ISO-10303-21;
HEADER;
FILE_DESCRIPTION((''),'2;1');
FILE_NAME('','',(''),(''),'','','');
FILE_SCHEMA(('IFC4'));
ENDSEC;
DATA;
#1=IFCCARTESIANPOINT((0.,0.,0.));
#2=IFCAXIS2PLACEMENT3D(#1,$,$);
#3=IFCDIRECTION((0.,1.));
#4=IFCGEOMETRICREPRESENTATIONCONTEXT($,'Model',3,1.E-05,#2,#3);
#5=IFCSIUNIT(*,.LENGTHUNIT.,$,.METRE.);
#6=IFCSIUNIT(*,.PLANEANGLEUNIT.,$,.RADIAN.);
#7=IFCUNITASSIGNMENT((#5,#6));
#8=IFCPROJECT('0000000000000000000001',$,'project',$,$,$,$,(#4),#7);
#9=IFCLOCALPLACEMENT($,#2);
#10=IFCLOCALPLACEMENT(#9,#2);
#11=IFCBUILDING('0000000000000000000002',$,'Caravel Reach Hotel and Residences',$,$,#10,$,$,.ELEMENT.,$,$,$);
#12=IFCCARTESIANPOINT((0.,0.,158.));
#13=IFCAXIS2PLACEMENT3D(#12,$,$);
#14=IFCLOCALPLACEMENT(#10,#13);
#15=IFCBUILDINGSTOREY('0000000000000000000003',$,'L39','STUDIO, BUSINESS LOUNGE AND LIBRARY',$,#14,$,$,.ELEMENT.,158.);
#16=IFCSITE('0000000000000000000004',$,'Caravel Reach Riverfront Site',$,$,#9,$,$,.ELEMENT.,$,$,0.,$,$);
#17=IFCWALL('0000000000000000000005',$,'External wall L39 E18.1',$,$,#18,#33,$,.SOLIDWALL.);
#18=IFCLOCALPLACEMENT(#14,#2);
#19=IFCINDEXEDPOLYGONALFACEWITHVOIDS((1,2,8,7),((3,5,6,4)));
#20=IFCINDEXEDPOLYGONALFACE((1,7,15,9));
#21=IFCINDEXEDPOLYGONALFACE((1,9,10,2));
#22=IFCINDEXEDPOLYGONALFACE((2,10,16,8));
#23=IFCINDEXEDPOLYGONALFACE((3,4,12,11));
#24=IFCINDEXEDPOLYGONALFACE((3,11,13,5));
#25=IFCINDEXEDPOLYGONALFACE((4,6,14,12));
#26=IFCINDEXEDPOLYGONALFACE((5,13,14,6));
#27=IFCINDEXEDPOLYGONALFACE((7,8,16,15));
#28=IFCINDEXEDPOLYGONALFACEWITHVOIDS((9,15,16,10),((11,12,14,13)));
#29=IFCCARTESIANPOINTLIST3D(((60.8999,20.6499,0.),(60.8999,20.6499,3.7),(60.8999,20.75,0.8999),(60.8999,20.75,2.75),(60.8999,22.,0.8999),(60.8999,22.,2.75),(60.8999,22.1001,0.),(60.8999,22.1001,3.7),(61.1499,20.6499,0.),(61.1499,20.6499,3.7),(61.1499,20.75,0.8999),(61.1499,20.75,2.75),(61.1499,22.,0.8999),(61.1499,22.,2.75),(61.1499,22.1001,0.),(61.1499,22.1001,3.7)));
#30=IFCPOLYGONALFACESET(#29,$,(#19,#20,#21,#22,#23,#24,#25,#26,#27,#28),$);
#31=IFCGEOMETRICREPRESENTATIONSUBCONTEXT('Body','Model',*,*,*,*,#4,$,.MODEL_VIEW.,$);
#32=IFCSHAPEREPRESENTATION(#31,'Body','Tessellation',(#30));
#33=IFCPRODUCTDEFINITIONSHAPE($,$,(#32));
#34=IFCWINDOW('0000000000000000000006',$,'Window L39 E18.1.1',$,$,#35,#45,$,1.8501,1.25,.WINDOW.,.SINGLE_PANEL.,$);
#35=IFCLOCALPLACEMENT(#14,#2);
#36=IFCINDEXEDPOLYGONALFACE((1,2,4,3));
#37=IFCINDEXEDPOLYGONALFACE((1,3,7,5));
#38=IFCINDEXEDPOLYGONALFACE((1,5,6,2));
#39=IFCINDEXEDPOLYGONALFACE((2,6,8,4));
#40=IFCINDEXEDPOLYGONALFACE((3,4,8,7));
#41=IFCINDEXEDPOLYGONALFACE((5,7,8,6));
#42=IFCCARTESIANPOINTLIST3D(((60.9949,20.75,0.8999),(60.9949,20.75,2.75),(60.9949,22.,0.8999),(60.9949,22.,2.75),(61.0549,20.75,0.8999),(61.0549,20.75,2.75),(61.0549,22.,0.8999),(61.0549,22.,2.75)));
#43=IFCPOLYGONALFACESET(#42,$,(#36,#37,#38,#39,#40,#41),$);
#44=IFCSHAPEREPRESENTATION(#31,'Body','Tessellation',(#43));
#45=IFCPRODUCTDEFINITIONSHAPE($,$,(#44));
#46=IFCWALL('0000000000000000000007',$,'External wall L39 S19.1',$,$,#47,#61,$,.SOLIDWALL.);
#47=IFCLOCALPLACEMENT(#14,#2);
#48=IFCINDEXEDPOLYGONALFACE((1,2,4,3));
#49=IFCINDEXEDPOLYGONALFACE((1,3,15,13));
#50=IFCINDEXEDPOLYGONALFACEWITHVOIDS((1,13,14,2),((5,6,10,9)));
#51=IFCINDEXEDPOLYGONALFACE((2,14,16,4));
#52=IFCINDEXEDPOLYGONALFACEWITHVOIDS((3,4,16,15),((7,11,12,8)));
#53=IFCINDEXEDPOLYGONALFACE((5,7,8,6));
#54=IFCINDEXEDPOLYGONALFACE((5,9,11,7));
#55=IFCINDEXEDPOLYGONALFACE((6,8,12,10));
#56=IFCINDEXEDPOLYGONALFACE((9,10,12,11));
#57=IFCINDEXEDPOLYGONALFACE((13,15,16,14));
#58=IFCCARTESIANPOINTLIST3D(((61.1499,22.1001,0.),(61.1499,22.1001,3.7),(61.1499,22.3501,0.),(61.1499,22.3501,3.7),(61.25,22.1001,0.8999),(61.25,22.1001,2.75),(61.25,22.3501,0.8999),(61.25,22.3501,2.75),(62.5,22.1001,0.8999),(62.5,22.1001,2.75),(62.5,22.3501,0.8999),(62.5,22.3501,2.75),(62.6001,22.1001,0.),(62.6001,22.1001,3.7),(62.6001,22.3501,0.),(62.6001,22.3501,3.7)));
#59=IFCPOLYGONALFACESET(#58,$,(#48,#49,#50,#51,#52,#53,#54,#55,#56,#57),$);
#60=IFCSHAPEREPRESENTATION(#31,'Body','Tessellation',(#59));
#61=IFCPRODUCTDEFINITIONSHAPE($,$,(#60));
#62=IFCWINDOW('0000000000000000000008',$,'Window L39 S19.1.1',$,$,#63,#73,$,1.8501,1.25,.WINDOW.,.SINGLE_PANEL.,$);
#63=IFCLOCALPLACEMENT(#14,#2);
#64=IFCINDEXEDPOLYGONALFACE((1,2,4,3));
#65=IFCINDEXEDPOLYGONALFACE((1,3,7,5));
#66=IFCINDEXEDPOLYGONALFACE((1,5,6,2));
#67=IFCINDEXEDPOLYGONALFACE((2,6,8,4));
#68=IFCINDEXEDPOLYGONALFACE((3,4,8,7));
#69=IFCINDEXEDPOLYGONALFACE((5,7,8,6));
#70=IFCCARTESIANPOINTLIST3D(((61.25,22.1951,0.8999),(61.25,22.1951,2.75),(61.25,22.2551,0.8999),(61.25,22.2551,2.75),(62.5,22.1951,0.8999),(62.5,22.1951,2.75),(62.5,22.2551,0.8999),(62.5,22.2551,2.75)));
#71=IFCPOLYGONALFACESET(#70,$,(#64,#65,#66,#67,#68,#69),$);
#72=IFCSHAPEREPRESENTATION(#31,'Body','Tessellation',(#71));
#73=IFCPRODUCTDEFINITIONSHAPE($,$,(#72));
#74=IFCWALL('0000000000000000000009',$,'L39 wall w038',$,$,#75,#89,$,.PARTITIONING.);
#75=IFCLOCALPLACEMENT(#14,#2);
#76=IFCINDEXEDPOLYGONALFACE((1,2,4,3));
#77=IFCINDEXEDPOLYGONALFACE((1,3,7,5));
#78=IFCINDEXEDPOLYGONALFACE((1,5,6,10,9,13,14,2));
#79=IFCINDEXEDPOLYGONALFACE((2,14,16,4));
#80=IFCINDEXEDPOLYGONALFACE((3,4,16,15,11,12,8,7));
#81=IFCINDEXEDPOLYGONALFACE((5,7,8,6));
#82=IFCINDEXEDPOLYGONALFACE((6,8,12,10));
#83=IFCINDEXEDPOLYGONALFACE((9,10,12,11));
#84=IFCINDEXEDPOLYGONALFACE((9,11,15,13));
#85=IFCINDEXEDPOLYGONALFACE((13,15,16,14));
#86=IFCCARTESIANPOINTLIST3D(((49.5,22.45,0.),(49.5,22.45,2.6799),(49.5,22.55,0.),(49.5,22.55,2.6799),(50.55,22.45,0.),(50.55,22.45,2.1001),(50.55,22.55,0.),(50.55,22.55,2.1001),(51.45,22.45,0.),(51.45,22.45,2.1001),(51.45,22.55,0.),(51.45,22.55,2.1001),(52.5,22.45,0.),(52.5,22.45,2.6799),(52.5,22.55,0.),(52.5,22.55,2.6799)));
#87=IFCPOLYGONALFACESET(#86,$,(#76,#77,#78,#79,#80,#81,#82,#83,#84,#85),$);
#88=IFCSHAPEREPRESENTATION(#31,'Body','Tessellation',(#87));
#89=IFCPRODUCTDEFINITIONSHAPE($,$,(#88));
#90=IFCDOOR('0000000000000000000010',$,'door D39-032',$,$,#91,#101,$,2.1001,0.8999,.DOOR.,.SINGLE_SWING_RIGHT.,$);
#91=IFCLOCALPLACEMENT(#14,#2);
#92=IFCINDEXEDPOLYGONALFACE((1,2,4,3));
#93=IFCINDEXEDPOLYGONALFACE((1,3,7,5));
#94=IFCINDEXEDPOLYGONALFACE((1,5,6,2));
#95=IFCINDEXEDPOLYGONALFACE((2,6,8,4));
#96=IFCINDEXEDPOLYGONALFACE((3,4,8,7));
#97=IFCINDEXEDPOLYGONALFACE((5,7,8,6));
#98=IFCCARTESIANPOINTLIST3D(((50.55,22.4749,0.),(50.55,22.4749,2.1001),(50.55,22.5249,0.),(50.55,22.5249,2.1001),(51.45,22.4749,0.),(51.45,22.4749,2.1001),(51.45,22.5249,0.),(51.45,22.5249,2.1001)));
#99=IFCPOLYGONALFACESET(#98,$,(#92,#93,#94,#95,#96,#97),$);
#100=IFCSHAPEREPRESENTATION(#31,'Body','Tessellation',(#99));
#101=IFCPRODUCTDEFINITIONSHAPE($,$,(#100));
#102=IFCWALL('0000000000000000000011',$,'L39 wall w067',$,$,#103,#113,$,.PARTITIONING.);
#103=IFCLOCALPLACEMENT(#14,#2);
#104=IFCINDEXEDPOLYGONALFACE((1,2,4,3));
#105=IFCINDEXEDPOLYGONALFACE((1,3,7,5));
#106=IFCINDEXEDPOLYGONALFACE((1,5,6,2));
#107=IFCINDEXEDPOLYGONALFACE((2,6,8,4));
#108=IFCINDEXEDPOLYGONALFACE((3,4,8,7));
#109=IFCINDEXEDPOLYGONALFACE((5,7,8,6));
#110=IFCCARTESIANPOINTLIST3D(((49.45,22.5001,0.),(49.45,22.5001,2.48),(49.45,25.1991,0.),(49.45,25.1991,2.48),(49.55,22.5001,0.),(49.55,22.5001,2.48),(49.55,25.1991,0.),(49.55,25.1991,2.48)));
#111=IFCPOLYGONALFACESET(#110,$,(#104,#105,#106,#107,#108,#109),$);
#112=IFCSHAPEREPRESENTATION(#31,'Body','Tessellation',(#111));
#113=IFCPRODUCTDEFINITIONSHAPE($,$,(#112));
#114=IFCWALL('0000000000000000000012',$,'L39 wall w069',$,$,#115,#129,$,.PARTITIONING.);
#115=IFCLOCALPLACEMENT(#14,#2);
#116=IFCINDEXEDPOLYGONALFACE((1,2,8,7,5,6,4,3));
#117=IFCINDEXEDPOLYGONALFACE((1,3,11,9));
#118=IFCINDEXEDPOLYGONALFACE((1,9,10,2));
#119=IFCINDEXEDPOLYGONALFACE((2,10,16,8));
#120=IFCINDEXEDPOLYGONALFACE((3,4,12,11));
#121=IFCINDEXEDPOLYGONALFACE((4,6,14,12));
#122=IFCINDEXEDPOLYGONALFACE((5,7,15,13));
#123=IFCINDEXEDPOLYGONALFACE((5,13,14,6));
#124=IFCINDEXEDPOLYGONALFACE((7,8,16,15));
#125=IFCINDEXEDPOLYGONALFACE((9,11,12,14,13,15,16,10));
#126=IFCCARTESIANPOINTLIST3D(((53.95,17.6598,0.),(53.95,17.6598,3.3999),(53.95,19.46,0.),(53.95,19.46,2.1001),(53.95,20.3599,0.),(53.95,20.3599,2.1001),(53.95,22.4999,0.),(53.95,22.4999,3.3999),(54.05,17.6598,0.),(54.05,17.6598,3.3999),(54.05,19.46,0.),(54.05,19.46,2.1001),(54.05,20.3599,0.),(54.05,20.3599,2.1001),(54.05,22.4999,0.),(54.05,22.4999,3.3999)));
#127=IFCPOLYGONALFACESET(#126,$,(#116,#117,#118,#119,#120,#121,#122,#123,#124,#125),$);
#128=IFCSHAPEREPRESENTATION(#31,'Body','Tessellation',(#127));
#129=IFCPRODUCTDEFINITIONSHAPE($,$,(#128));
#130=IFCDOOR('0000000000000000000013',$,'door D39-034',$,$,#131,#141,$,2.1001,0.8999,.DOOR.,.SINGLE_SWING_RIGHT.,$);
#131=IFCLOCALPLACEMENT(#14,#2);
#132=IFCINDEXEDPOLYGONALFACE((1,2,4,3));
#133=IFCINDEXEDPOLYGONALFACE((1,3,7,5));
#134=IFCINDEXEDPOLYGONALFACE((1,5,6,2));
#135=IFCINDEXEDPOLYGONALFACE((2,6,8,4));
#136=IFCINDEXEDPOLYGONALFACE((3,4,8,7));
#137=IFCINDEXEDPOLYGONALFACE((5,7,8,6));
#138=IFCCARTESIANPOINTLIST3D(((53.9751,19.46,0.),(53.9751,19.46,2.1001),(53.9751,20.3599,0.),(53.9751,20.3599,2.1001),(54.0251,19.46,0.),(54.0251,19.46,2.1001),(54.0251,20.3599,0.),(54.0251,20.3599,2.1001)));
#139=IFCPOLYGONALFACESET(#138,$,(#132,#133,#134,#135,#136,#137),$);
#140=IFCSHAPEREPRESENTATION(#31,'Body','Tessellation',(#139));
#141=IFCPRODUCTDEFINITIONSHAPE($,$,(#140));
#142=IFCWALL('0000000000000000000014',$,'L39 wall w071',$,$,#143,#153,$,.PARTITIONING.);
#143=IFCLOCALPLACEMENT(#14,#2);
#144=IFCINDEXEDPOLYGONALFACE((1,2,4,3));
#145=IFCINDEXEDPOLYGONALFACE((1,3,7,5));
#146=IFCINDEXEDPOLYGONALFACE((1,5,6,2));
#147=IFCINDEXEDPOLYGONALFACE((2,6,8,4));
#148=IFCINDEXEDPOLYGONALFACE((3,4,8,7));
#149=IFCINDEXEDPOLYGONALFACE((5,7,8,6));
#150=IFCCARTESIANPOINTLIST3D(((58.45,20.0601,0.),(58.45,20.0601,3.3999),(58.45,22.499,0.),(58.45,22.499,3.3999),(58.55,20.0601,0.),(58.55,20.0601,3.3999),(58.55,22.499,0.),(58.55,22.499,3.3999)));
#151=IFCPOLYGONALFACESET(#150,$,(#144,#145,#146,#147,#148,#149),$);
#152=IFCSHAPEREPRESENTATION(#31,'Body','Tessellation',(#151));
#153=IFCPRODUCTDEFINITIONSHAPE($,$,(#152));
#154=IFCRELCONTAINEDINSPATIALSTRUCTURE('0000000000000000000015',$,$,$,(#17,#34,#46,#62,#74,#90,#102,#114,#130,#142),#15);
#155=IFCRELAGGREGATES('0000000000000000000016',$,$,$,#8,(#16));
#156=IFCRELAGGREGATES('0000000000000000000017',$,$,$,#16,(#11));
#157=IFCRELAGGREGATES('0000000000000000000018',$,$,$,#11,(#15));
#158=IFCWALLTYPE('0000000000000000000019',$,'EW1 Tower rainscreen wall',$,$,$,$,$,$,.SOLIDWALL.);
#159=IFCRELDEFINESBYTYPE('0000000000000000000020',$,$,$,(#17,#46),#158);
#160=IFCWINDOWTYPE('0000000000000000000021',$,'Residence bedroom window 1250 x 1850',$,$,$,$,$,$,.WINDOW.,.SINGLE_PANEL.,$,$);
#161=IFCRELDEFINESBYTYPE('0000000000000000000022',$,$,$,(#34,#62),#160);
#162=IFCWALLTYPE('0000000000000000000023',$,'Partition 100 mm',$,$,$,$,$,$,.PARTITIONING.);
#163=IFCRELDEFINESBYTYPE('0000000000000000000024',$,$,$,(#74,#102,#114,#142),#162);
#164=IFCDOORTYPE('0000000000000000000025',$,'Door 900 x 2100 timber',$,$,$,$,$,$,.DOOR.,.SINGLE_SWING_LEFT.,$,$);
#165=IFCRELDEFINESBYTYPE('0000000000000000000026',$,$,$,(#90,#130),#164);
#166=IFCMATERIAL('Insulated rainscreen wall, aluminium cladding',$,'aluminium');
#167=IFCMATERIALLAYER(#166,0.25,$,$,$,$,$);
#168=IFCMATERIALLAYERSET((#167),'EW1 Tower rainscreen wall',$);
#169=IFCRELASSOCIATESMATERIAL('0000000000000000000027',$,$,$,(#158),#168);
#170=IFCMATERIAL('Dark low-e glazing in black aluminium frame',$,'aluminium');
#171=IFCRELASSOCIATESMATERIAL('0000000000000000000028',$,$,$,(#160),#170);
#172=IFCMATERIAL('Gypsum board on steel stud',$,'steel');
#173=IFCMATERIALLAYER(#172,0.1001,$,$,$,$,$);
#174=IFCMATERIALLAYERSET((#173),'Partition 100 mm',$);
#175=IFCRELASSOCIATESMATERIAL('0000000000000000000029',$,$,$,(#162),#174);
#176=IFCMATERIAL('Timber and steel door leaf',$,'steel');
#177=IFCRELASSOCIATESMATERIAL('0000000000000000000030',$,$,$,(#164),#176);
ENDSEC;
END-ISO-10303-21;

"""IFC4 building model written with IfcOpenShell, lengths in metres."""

from ifc_helpers import new_model, si_unit, direction, frame, frame_2d, origin, place, context, subcontext, project, spatial, rectangle, extrude, material, layer, layer_set, type_object, element, fill, save


model = new_model("IFC4")

# Units and contexts
model_context = context("Model", 3, precision=1e-05, world=origin(), true_north=direction((0.0, 1.0)))
body_context = subcontext(model_context, "Body", "Model", "MODEL_VIEW")
ifc_project = project(units=[si_unit("LENGTHUNIT", "METRE"), si_unit("PLANEANGLEUNIT", "RADIAN")], contexts=[model_context])

# Site, building, storey
site_placement = place(None, origin())
site = spatial("IfcSite", under=ifc_project, at=site_placement, Name="Caravel Reach Riverfront Site", CompositionType="ELEMENT", RefElevation=0.0)
building_placement = place(site_placement, origin())
building = spatial("IfcBuilding", under=site, at=building_placement, Name="Caravel Reach Hotel and Residences", CompositionType="ELEMENT")
storey_placement = place(building_placement, frame((0.0, 0.0, 158.0)))
storey = spatial("IfcBuildingStorey", under=building, at=storey_placement, Name="L39", Description="STUDIO, BUSINESS LOUNGE AND LIBRARY", CompositionType="ELEMENT", Elevation=158.0)

# Shared definitions
ifc_material_1 = material(Name="Insulated rainscreen wall, aluminium cladding", Category="aluminium")
ifc_layer_1 = layer(ifc_material_1, 0.25)
ifc_layer_set_1 = layer_set([ifc_layer_1], Name="EW1 Tower rainscreen wall")
wall_type_1 = type_object("IfcWallType", Name="EW1 Tower rainscreen wall", PredefinedType="SOLIDWALL", material=ifc_layer_set_1)

# Walls, openings, windows
ifc_material_2 = material(Name="Dark low-e glazing in black aluminium frame", Category="aluminium")
window_type_1 = type_object("IfcWindowType", Name="Residence bedroom window 1250 x 1850", PartitioningType="SINGLE_PANEL", PredefinedType="WINDOW", material=ifc_material_2)
wall_1_placement = place(storey_placement, frame((61.0249, 20.6499, 0.0), z_axis=(0.0, 0.0, 1.0), x_axis=(0.0, 1.0, 0.0)))
wall_1 = element("IfcWall", 1, at=wall_1_placement, inside=storey, type_object=wall_type_1, Name="External wall L39 E18.1", PredefinedType="SOLIDWALL", context=body_context, shape_type="SweptSolid", body=[
    extrude(rectangle(XDim=1.4502, YDim=0.25, at=frame_2d((0.7251, 0.0))), origin(), (0.0, 0.0, 1.0), 3.7),
])
opening_1_placement = place(wall_1_placement, frame((0.1001, 0.0, 0.8999)))
opening_1 = element("IfcOpeningElement", 2, at=opening_1_placement, cuts=wall_1, PredefinedType="OPENING", context=body_context, shape_type="SweptSolid", body=[
    extrude(rectangle(XDim=1.25, YDim=1.8501, at=frame_2d((0.625, 0.925))), frame((0.0, 0.135, 0.0), z_axis=(0.0, -1.0, 0.0), x_axis=(1.0, 0.0, 0.0)), (0.0, 0.0, 1.0), 0.27),
])
window_1_placement = place(opening_1_placement, origin())
window_1 = element("IfcWindow", 3, at=window_1_placement, inside=storey, type_object=window_type_1, Name="Window L39 E18.1.1", OverallHeight=1.8501, OverallWidth=1.25, PartitioningType="SINGLE_PANEL", PredefinedType="WINDOW", context=body_context, shape_type="SweptSolid", body=[
    extrude(rectangle(XDim=1.25, YDim=1.8501, at=frame_2d((0.625, 0.925))), frame((0.0, 0.03, 0.0), z_axis=(0.0, -1.0, 0.0), x_axis=(1.0, 0.0, 0.0)), (0.0, 0.0, 1.0), 0.0601),
])
fill(opening_1, window_1)
wall_2_placement = place(storey_placement, frame((61.1499, 22.2251, 0.0), z_axis=(0.0, 0.0, 1.0), x_axis=(1.0, 0.0, 0.0)))
wall_2 = element("IfcWall", 4, at=wall_2_placement, inside=storey, type_object=wall_type_1, Name="External wall L39 S19.1", PredefinedType="SOLIDWALL", context=body_context, shape_type="SweptSolid", body=[
    extrude(rectangle(XDim=1.4502, YDim=0.25, at=frame_2d((0.7251, 0.0))), origin(), (0.0, 0.0, 1.0), 3.7),
])
opening_2_placement = place(wall_2_placement, frame((0.1001, 0.0, 0.8999)))
opening_2 = element("IfcOpeningElement", 5, at=opening_2_placement, cuts=wall_2, PredefinedType="OPENING", context=body_context, shape_type="SweptSolid", body=[
    extrude(rectangle(XDim=1.25, YDim=1.8501, at=frame_2d((0.625, 0.925))), frame((0.0, 0.135, 0.0), z_axis=(0.0, -1.0, 0.0), x_axis=(1.0, 0.0, 0.0)), (0.0, 0.0, 1.0), 0.27),
])
window_2_placement = place(opening_2_placement, origin())
window_2 = element("IfcWindow", 6, at=window_2_placement, inside=storey, type_object=window_type_1, Name="Window L39 S19.1.1", OverallHeight=1.8501, OverallWidth=1.25, PartitioningType="SINGLE_PANEL", PredefinedType="WINDOW", context=body_context, shape_type="SweptSolid", body=[
    extrude(rectangle(XDim=1.25, YDim=1.8501, at=frame_2d((0.625, 0.925))), frame((0.0, 0.03, 0.0), z_axis=(0.0, -1.0, 0.0), x_axis=(1.0, 0.0, 0.0)), (0.0, 0.0, 1.0), 0.0601),
])
fill(opening_2, window_2)

# Wall, opening, door
ifc_material_3 = material(Name="Gypsum board on steel stud", Category="steel")
ifc_layer_2 = layer(ifc_material_3, 0.1001)
ifc_layer_set_2 = layer_set([ifc_layer_2], Name="Partition 100 mm")
wall_type_2 = type_object("IfcWallType", Name="Partition 100 mm", PredefinedType="PARTITIONING", material=ifc_layer_set_2)
wall_3_placement = place(storey_placement, frame((49.5, 22.5, 0.0), z_axis=(0.0, 0.0, 1.0), x_axis=(1.0, 0.0, 0.0)))
wall_3 = element("IfcWall", 7, at=wall_3_placement, inside=storey, type_object=wall_type_2, Name="L39 wall w038", PredefinedType="PARTITIONING", context=body_context, shape_type="SweptSolid", body=[
    extrude(rectangle(XDim=3.0, YDim=0.1001, at=frame_2d((1.5, 0.0))), origin(), (0.0, 0.0, 1.0), 2.6799),
])
opening_3_placement = place(wall_3_placement, frame((1.05, 0.0, 0.0)))
opening_3 = element("IfcOpeningElement", 8, at=opening_3_placement, cuts=wall_3, PredefinedType="OPENING", context=body_context, shape_type="SweptSolid", body=[
    extrude(rectangle(XDim=0.8999, YDim=2.1001, at=frame_2d((0.45, 1.05))), frame((0.0, 0.0601, 0.0), z_axis=(0.0, -1.0, 0.0), x_axis=(1.0, 0.0, 0.0)), (0.0, 0.0, 1.0), 0.1201),
])
ifc_material_4 = material(Name="Timber and steel door leaf", Category="steel")
door_type = type_object("IfcDoorType", Name="Door 900 x 2100 timber", OperationType="SINGLE_SWING_LEFT", PredefinedType="DOOR", material=ifc_material_4)
door_1_placement = place(opening_3_placement, origin())
door_1 = element("IfcDoor", 9, at=door_1_placement, inside=storey, type_object=door_type, Name="door D39-032", OperationType="SINGLE_SWING_RIGHT", OverallHeight=2.1001, OverallWidth=0.8999, PredefinedType="DOOR", context=body_context, shape_type="SweptSolid", body=[
    extrude(rectangle(XDim=0.8999, YDim=2.1001, at=frame_2d((0.45, 1.05))), frame((0.0, 0.0249, 0.0), z_axis=(0.0, -1.0, 0.0), x_axis=(1.0, 0.0, 0.0)), (0.0, 0.0, 1.0), 0.05),
])
fill(opening_3, door_1)

# Wall
wall_4_placement = place(storey_placement, frame((49.5, 22.5, 0.0), z_axis=(0.0, 0.0, 1.0), x_axis=(0.0, 1.0, 0.0)))
element("IfcWall", 10, at=wall_4_placement, inside=storey, type_object=wall_type_2, Name="L39 wall w067", PredefinedType="PARTITIONING", context=body_context, shape_type="SweptSolid", body=[
    extrude(rectangle(XDim=2.699, YDim=0.1001, at=frame_2d((1.3496, 0.0))), origin(), (0.0, 0.0, 1.0), 2.48),
])

# Wall, opening, door
wall_5_placement = place(storey_placement, frame((54.0, 17.6599, 0.0), z_axis=(0.0, 0.0, 1.0), x_axis=(0.0, 1.0, 0.0)))
wall_5 = element("IfcWall", 11, at=wall_5_placement, inside=storey, type_object=wall_type_2, Name="L39 wall w069", PredefinedType="PARTITIONING", context=body_context, shape_type="SweptSolid", body=[
    extrude(rectangle(XDim=4.8401, YDim=0.1001, at=frame_2d((2.4199, 0.0))), origin(), (0.0, 0.0, 1.0), 3.3999),
])
opening_4_placement = place(wall_5_placement, frame((1.8, 0.0, 0.0)))
opening_4 = element("IfcOpeningElement", 12, at=opening_4_placement, cuts=wall_5, PredefinedType="OPENING", context=body_context, shape_type="SweptSolid", body=[
    extrude(rectangle(XDim=0.8999, YDim=2.1001, at=frame_2d((0.45, 1.05))), frame((0.0, 0.0601, 0.0), z_axis=(0.0, -1.0, 0.0), x_axis=(1.0, 0.0, 0.0)), (0.0, 0.0, 1.0), 0.1201),
])
door_2_placement = place(opening_4_placement, origin())
door_2 = element("IfcDoor", 13, at=door_2_placement, inside=storey, type_object=door_type, Name="door D39-034", OperationType="SINGLE_SWING_RIGHT", OverallHeight=2.1001, OverallWidth=0.8999, PredefinedType="DOOR", context=body_context, shape_type="SweptSolid", body=[
    extrude(rectangle(XDim=0.8999, YDim=2.1001, at=frame_2d((0.45, 1.05))), frame((0.0, 0.0249, 0.0), z_axis=(0.0, -1.0, 0.0), x_axis=(1.0, 0.0, 0.0)), (0.0, 0.0, 1.0), 0.05),
])
fill(opening_4, door_2)

# Wall
wall_6_placement = place(storey_placement, frame((58.5, 20.0601, 0.0), z_axis=(0.0, 0.0, 1.0), x_axis=(0.0, 1.0, 0.0)))
element("IfcWall", 14, at=wall_6_placement, inside=storey, type_object=wall_type_2, Name="L39 wall w071", PredefinedType="PARTITIONING", context=body_context, shape_type="SweptSolid", body=[
    extrude(rectangle(XDim=2.439, YDim=0.1001, at=frame_2d((1.2195, 0.0))), origin(), (0.0, 0.0, 1.0), 3.3999),
])

save(model, "model.ifc")
